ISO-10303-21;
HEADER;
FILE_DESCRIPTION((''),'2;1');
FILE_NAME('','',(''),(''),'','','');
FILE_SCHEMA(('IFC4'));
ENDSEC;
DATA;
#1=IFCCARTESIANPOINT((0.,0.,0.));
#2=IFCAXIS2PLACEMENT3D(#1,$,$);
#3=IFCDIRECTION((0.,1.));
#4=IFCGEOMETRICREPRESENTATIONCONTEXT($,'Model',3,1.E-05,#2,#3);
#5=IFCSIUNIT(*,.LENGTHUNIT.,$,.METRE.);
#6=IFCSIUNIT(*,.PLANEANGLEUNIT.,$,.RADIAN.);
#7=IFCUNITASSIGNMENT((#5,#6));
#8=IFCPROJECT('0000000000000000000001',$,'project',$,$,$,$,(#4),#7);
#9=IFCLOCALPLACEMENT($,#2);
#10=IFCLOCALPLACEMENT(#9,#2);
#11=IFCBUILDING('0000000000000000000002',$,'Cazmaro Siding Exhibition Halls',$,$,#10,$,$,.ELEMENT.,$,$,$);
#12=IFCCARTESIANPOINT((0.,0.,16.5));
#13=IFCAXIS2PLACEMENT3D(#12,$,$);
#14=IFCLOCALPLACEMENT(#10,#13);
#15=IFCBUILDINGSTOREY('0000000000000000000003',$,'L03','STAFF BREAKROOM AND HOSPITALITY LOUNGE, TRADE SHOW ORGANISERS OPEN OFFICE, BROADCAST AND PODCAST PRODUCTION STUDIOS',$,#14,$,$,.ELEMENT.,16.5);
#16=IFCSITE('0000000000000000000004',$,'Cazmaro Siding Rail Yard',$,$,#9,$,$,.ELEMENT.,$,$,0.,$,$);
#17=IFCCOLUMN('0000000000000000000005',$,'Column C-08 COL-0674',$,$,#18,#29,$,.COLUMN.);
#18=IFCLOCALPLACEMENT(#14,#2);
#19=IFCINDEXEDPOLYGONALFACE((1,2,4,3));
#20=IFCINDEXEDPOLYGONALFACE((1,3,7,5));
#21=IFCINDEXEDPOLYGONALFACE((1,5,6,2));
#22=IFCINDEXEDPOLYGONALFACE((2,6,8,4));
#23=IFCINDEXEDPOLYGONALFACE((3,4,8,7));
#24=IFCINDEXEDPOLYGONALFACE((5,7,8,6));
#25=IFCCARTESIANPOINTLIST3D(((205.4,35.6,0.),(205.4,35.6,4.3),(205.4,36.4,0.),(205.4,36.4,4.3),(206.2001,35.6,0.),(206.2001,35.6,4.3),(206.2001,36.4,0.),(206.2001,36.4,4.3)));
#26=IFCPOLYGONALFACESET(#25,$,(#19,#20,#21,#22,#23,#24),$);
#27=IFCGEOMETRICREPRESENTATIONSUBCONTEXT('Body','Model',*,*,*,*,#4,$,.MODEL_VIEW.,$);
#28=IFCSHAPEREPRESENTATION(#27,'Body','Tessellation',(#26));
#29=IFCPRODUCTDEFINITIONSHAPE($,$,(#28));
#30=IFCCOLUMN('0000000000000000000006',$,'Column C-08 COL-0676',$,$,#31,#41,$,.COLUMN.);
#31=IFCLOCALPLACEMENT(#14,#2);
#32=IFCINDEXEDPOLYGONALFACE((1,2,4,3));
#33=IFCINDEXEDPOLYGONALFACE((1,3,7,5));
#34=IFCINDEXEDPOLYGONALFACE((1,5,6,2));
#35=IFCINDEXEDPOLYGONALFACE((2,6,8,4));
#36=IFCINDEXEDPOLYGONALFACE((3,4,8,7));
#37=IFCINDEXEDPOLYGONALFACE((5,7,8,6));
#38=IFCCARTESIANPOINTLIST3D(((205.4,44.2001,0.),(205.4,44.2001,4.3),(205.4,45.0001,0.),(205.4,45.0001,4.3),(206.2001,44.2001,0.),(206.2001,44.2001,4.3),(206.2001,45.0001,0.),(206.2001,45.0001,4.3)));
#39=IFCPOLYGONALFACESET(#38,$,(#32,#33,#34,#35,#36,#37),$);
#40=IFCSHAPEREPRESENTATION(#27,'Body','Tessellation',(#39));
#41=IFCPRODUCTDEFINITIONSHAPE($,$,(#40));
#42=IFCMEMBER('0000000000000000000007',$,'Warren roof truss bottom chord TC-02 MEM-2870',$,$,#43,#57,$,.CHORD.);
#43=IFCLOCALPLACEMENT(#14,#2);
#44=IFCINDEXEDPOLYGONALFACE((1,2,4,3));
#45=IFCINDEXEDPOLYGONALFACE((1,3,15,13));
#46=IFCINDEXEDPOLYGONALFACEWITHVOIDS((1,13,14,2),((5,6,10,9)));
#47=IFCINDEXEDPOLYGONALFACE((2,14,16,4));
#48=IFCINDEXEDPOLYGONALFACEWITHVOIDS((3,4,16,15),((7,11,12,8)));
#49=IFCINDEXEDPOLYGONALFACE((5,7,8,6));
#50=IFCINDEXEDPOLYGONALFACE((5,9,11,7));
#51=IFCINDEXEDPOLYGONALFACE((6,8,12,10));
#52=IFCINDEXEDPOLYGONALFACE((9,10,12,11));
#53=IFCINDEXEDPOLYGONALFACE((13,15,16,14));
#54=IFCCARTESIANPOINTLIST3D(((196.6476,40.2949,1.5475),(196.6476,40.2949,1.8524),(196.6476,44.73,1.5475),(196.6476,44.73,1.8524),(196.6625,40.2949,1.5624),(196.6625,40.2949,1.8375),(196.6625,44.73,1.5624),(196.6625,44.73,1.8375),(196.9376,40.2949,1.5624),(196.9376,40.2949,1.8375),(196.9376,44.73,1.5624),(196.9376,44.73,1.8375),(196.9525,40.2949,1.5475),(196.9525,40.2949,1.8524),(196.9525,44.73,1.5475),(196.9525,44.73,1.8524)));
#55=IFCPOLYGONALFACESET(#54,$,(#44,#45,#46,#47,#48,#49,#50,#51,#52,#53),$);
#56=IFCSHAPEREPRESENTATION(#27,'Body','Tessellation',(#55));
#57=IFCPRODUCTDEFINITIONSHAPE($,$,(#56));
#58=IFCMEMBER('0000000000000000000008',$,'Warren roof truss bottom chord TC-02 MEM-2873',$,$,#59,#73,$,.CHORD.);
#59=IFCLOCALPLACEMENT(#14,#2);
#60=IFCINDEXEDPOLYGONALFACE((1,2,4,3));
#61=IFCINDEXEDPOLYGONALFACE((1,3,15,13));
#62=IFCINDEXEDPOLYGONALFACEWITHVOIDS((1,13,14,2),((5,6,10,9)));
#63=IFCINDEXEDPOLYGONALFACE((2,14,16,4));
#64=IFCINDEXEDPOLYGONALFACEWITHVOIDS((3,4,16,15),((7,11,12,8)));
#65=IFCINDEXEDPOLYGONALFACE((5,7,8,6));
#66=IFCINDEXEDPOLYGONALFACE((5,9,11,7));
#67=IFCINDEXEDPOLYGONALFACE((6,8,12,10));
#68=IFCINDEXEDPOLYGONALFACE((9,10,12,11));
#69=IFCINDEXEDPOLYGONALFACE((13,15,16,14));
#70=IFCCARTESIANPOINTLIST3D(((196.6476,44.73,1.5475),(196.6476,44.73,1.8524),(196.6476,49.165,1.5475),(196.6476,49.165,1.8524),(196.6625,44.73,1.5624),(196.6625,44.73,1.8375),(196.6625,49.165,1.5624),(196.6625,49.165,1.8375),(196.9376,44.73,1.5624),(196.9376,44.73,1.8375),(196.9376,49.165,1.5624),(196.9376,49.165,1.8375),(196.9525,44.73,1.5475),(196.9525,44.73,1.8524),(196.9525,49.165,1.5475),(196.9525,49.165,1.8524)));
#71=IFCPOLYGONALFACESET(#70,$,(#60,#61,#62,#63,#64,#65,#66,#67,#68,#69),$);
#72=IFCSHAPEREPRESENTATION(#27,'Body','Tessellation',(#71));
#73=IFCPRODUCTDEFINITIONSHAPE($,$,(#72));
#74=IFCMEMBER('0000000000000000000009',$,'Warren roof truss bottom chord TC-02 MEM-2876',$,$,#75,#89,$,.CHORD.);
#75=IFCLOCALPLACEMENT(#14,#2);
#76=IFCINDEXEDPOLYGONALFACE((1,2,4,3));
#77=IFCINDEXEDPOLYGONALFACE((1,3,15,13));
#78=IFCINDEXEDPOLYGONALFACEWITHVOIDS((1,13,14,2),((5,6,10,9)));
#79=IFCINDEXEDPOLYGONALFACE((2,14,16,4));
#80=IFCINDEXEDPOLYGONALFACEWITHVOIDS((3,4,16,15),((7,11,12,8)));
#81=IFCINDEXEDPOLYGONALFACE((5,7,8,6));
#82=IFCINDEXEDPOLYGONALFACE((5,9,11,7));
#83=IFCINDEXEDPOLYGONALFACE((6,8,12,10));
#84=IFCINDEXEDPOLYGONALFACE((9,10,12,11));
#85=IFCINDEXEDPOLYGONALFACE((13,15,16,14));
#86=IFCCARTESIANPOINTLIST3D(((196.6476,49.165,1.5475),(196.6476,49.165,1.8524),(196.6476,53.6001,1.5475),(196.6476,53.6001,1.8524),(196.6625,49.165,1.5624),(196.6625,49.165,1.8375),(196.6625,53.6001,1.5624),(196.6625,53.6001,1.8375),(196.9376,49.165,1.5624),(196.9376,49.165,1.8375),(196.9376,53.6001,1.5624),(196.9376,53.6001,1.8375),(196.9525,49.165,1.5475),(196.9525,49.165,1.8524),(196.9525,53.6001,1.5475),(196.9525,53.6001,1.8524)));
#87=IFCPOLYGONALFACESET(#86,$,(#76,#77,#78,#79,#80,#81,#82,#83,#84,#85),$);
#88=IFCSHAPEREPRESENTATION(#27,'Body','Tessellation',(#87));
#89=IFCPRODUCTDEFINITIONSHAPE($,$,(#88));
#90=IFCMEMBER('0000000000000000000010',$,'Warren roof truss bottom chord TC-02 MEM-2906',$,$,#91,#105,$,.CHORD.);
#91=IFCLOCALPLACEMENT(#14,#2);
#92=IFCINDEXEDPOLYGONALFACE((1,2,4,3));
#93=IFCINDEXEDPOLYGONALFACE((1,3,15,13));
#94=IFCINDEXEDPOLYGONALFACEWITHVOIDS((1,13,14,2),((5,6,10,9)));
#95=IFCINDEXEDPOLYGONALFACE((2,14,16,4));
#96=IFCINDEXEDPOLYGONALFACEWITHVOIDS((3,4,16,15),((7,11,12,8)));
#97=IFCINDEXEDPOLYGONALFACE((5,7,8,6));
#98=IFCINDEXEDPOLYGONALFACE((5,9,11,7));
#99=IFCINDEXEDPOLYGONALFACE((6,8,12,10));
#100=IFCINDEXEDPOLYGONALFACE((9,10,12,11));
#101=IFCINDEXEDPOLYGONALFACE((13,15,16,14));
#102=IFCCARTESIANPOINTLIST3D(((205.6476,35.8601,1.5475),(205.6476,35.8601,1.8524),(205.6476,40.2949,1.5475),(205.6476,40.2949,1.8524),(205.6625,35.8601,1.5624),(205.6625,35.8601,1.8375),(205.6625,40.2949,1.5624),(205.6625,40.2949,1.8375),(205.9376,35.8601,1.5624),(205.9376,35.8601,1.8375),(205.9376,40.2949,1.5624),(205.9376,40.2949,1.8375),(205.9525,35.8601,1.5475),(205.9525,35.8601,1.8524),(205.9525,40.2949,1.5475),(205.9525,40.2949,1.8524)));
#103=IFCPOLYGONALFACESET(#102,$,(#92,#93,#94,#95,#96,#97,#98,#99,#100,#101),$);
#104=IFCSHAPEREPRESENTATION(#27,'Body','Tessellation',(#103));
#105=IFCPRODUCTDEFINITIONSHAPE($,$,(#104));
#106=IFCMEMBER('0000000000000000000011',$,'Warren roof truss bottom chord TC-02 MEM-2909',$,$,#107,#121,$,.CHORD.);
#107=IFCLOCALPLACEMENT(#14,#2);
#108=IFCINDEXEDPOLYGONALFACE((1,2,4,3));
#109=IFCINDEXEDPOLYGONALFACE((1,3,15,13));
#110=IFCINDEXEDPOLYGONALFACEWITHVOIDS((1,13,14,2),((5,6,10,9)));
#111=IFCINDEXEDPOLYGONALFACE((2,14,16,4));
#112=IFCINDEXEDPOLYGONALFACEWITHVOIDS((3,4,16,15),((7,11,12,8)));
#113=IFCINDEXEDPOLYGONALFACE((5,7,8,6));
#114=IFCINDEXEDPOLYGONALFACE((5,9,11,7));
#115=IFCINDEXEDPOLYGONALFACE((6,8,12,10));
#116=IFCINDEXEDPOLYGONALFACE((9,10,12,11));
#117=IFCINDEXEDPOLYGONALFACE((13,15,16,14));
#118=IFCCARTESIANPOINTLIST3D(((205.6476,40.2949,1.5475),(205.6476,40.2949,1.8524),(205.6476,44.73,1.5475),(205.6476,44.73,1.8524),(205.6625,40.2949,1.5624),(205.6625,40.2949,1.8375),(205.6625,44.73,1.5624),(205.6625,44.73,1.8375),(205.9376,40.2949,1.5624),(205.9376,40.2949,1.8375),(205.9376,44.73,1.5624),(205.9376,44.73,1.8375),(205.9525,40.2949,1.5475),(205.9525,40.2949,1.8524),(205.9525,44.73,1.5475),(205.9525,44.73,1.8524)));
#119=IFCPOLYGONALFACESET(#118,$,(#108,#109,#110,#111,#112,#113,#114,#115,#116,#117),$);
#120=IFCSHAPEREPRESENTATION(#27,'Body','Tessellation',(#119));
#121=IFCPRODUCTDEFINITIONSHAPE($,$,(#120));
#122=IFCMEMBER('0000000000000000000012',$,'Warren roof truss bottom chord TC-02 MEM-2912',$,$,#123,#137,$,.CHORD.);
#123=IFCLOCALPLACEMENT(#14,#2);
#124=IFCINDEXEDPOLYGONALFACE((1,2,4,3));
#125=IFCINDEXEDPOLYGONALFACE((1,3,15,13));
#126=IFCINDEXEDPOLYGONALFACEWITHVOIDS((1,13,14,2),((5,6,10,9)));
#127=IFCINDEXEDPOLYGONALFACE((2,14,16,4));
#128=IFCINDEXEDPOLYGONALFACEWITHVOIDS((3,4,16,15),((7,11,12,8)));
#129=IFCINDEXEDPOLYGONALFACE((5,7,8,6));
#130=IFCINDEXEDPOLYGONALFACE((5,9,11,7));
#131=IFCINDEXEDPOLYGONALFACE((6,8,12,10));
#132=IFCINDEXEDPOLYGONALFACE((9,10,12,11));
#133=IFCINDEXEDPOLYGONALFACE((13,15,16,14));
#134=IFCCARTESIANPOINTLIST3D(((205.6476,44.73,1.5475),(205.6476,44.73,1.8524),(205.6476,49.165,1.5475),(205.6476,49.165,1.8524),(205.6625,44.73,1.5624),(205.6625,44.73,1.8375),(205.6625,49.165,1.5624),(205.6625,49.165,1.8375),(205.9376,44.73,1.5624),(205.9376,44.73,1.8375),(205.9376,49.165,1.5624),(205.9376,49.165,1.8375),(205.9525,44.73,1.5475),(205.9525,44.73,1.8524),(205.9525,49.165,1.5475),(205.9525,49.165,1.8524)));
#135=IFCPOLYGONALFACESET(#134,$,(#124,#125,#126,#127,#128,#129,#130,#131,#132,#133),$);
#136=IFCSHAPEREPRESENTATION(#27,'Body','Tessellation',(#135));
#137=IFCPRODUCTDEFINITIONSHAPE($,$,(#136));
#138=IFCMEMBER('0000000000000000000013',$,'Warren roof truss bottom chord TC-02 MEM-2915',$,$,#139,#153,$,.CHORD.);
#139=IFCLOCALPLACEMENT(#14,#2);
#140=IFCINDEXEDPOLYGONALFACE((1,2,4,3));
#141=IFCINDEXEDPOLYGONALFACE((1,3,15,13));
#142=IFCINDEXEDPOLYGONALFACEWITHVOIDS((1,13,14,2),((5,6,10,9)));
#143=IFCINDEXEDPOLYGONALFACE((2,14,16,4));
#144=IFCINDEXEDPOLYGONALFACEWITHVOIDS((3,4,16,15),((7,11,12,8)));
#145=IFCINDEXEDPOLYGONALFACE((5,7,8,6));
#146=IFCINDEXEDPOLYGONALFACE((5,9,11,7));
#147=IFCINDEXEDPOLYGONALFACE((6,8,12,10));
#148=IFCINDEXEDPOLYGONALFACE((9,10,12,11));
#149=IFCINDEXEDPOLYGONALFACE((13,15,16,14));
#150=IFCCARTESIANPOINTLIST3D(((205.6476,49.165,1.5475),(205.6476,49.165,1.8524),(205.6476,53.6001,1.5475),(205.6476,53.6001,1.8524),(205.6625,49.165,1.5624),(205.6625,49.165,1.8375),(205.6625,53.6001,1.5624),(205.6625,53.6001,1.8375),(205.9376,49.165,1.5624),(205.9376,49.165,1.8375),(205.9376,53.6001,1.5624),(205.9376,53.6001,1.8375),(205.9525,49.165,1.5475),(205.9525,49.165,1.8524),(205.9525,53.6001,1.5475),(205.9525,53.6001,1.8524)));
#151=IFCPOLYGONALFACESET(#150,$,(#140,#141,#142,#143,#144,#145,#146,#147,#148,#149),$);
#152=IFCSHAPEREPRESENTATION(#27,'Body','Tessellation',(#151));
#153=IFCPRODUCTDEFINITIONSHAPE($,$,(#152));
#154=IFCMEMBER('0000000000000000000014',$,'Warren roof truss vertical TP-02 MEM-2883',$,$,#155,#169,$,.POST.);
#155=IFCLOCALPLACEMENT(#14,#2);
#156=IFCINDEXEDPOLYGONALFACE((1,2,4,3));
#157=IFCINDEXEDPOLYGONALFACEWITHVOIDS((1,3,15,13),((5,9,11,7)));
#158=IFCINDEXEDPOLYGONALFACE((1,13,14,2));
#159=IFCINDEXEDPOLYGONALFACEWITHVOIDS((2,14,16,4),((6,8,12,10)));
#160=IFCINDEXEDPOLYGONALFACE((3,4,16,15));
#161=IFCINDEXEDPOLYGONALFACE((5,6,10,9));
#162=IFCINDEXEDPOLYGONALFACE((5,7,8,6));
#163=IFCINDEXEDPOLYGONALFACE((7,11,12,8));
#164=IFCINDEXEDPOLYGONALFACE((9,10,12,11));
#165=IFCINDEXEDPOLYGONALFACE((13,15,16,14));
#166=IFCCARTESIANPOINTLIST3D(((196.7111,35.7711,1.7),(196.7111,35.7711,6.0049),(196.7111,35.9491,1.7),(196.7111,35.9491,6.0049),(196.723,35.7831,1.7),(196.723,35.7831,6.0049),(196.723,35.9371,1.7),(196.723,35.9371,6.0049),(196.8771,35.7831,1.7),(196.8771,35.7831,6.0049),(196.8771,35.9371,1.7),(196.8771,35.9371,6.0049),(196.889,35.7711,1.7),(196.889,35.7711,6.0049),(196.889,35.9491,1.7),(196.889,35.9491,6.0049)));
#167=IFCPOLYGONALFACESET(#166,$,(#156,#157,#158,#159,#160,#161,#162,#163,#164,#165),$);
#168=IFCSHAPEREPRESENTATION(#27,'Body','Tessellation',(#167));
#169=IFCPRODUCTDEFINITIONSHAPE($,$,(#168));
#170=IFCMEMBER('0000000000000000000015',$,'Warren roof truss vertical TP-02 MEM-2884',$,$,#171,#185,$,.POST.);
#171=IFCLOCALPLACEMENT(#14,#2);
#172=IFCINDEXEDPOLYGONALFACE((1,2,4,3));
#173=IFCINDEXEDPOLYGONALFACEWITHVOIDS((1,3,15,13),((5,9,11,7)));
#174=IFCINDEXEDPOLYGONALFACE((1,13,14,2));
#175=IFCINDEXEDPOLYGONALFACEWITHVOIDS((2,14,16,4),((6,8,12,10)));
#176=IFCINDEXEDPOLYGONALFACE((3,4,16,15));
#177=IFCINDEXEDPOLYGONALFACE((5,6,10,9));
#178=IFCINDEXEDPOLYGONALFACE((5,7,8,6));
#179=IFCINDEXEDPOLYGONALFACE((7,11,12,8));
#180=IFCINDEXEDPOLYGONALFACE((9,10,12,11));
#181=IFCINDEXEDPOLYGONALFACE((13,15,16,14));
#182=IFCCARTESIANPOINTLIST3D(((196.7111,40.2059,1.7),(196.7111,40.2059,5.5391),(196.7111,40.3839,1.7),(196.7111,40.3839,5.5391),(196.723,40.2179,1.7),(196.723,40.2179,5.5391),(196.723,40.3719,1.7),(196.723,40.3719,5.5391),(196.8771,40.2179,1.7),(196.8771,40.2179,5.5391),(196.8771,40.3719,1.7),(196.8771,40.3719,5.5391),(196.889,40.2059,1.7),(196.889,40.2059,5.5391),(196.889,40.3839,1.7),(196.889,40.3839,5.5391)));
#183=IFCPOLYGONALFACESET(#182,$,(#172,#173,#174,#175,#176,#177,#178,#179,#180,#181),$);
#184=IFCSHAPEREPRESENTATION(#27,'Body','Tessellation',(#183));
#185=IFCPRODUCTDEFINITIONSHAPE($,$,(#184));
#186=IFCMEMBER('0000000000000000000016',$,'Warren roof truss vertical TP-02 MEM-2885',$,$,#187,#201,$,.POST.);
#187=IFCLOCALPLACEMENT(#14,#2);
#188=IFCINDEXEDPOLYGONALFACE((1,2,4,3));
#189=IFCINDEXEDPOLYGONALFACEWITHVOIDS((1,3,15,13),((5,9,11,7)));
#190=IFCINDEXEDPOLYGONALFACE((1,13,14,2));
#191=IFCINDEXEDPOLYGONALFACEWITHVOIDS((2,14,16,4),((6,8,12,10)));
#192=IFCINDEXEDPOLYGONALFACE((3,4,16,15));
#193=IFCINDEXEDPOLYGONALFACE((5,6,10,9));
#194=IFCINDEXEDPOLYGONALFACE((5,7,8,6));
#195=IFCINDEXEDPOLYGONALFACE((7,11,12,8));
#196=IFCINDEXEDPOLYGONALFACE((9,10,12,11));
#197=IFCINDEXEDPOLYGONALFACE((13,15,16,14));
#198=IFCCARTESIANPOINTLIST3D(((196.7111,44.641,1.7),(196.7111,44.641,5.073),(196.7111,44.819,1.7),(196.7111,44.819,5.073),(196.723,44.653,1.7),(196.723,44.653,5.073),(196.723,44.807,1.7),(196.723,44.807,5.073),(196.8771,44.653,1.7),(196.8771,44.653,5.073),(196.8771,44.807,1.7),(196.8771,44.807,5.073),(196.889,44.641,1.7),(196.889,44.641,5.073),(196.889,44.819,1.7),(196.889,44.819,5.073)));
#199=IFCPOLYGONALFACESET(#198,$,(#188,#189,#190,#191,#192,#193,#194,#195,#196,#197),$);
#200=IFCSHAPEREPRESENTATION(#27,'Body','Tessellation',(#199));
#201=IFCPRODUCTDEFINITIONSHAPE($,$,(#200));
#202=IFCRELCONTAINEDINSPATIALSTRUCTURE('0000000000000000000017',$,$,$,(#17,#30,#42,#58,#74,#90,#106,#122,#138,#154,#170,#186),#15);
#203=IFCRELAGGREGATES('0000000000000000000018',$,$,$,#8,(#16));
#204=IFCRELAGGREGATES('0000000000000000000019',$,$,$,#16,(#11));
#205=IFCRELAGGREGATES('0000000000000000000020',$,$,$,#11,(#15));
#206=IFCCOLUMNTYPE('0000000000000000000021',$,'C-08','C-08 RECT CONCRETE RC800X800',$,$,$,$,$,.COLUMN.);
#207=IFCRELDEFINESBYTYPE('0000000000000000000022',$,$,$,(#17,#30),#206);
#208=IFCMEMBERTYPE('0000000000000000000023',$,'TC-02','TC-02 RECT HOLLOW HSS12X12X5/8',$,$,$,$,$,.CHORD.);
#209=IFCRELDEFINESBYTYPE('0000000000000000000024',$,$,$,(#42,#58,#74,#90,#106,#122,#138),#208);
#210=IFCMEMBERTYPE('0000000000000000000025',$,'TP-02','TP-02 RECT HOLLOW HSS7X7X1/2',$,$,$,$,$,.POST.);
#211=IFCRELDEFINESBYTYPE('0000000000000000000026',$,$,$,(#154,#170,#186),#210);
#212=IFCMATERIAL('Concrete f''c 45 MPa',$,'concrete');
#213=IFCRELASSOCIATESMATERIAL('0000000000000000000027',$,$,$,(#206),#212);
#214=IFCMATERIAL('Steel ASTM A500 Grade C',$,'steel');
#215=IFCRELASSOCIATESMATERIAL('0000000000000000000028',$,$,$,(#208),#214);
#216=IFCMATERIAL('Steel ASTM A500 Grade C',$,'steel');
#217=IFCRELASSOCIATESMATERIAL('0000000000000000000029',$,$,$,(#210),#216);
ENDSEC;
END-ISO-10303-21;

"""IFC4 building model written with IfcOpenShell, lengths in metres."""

from ifc_helpers import new_model, si_unit, direction, frame, origin, origin_2d, place, context, subcontext, project, spatial, rectangle, hollow_rectangle, extrude, material, material_profile, profile_set, type_object, element, save


model = new_model("IFC4")

# Units and contexts
model_context = context("Model", 3, precision=1e-05, world=origin(), true_north=direction((0.0, 1.0)))
body_context = subcontext(model_context, "Body", "Model", "MODEL_VIEW")
ifc_project = project(units=[si_unit("LENGTHUNIT", "METRE"), si_unit("PLANEANGLEUNIT", "RADIAN")], contexts=[model_context])

# Site, building, storey
site_placement = place(None, origin())
site = spatial("IfcSite", under=ifc_project, at=site_placement, Name="Cazmaro Siding Rail Yard", CompositionType="ELEMENT", RefElevation=0.0)
building_placement = place(site_placement, origin())
building = spatial("IfcBuilding", under=site, at=building_placement, Name="Cazmaro Siding Exhibition Halls", CompositionType="ELEMENT")
storey_placement = place(building_placement, frame((0.0, 0.0, 16.5)))
storey = spatial("IfcBuildingStorey", under=building, at=storey_placement, Name="L03", Description="STAFF BREAKROOM AND HOSPITALITY LOUNGE, TRADE SHOW ORGANISERS OPEN OFFICE, BROADCAST AND PODCAST PRODUCTION STUDIOS", CompositionType="ELEMENT", Elevation=16.5)

# Columns
ifc_material_1 = material(Name="Concrete f'c 45 MPa", Category="concrete")
ifc_material_profile_1 = material_profile(ifc_material_1, rectangle(XDim=0.8, YDim=0.8, at=origin_2d()), Name="RC800X800")
ifc_profile_set_1 = profile_set([ifc_material_profile_1], Name="Concrete f'c 45 MPa")
column_type = type_object("IfcColumnType", Name="C-08", Description="C-08 RECT CONCRETE RC800X800", PredefinedType="COLUMN", material=ifc_profile_set_1)
for number, where, z_axis, x_axis, name in (
    (1, (205.8, 36.0, 0.0), (0.0, 0.0, 1.0), (1.0, 0.0, 0.0), "Column C-08 COL-0674"),
    (2, (205.8, 44.6001, 0.0), (0.0, 0.0, 1.0), (1.0, 0.0, 0.0), "Column C-08 COL-0676"),
):
    element("IfcColumn", number, at=place(storey_placement, frame(where, z_axis=z_axis, x_axis=x_axis)), inside=storey, type_object=column_type, Name=name, PredefinedType="COLUMN", context=body_context, shape_type="SweptSolid", body=[
        extrude(rectangle(XDim=0.8, YDim=0.8, at=origin_2d()), origin(), (0.0, 0.0, 1.0), 4.3),
    ])

# Members
ifc_material_2 = material(Name="Steel ASTM A500 Grade C", Category="steel")
ifc_material_profile_2 = material_profile(ifc_material_2, hollow_rectangle(XDim=0.3049, YDim=0.3049, WallThickness=0.0149, at=origin_2d()), Name="HSS12X12X5/8")
ifc_profile_set_2 = profile_set([ifc_material_profile_2], Name="Steel ASTM A500 Grade C")
member_type_1 = type_object("IfcMemberType", Name="TC-02", Description="TC-02 RECT HOLLOW HSS12X12X5/8", PredefinedType="CHORD", material=ifc_profile_set_2)
for number, where, z_axis, x_axis, name in (
    (3, (196.8, 40.2949, 1.7), (0.0, 1.0, 0.0), (-1.0, 0.0, 0.0), "Warren roof truss bottom chord TC-02 MEM-2870"),
    (4, (196.8, 44.73, 1.7), (0.0, 1.0, 0.0), (-1.0, 0.0, 0.0), "Warren roof truss bottom chord TC-02 MEM-2873"),
    (5, (196.8, 49.165, 1.7), (0.0, 1.0, 0.0), (-1.0, 0.0, 0.0), "Warren roof truss bottom chord TC-02 MEM-2876"),
):
    element("IfcMember", number, at=place(storey_placement, frame(where, z_axis=z_axis, x_axis=x_axis)), inside=storey, type_object=member_type_1, Name=name, PredefinedType="CHORD", context=body_context, shape_type="SweptSolid", body=[
        extrude(hollow_rectangle(XDim=0.3049, YDim=0.3049, WallThickness=0.0149, at=origin_2d()), origin(), (0.0, 0.0, 1.0), 4.4351),
    ])
member_1_placement = place(storey_placement, frame((205.8, 35.8601, 1.7), z_axis=(0.0, 1.0, 0.0), x_axis=(-1.0, 0.0, 0.0)))
element("IfcMember", 6, at=member_1_placement, inside=storey, type_object=member_type_1, Name="Warren roof truss bottom chord TC-02 MEM-2906", PredefinedType="CHORD", context=body_context, shape_type="SweptSolid", body=[
    extrude(hollow_rectangle(XDim=0.3049, YDim=0.3049, WallThickness=0.0149, at=origin_2d()), origin(), (0.0, 0.0, 1.0), 4.4348),
])
for number, where, z_axis, x_axis, name in (
    (7, (205.8, 40.2949, 1.7), (0.0, 1.0, 0.0), (-1.0, 0.0, 0.0), "Warren roof truss bottom chord TC-02 MEM-2909"),
    (8, (205.8, 44.73, 1.7), (0.0, 1.0, 0.0), (-1.0, 0.0, 0.0), "Warren roof truss bottom chord TC-02 MEM-2912"),
    (9, (205.8, 49.165, 1.7), (0.0, 1.0, 0.0), (-1.0, 0.0, 0.0), "Warren roof truss bottom chord TC-02 MEM-2915"),
):
    element("IfcMember", number, at=place(storey_placement, frame(where, z_axis=z_axis, x_axis=x_axis)), inside=storey, type_object=member_type_1, Name=name, PredefinedType="CHORD", context=body_context, shape_type="SweptSolid", body=[
        extrude(hollow_rectangle(XDim=0.3049, YDim=0.3049, WallThickness=0.0149, at=origin_2d()), origin(), (0.0, 0.0, 1.0), 4.4351),
    ])
ifc_material_3 = material(Name="Steel ASTM A500 Grade C", Category="steel")
ifc_material_profile_3 = material_profile(ifc_material_3, hollow_rectangle(XDim=0.178, YDim=0.178, WallThickness=0.012, at=origin_2d()), Name="HSS7X7X1/2")
ifc_profile_set_3 = profile_set([ifc_material_profile_3], Name="Steel ASTM A500 Grade C")
member_type_2 = type_object("IfcMemberType", Name="TP-02", Description="TP-02 RECT HOLLOW HSS7X7X1/2", PredefinedType="POST", material=ifc_profile_set_3)
member_2_placement = place(storey_placement, frame((196.8, 35.8601, 1.7), z_axis=(0.0, 0.0, 1.0), x_axis=(1.0, 0.0, 0.0)))
element("IfcMember", 10, at=member_2_placement, inside=storey, type_object=member_type_2, Name="Warren roof truss vertical TP-02 MEM-2883", PredefinedType="POST", context=body_context, shape_type="SweptSolid", body=[
    extrude(hollow_rectangle(XDim=0.178, YDim=0.178, WallThickness=0.012, at=origin_2d()), origin(), (0.0, 0.0, 1.0), 4.3049),
])
member_3_placement = place(storey_placement, frame((196.8, 40.2949, 1.7), z_axis=(0.0, 0.0, 1.0), x_axis=(1.0, 0.0, 0.0)))
element("IfcMember", 11, at=member_3_placement, inside=storey, type_object=member_type_2, Name="Warren roof truss vertical TP-02 MEM-2884", PredefinedType="POST", context=body_context, shape_type="SweptSolid", body=[
    extrude(hollow_rectangle(XDim=0.178, YDim=0.178, WallThickness=0.012, at=origin_2d()), origin(), (0.0, 0.0, 1.0), 3.8391),
])
member_4_placement = place(storey_placement, frame((196.8, 44.73, 1.7), z_axis=(0.0, 0.0, 1.0), x_axis=(1.0, 0.0, 0.0)))
element("IfcMember", 12, at=member_4_placement, inside=storey, type_object=member_type_2, Name="Warren roof truss vertical TP-02 MEM-2885", PredefinedType="POST", context=body_context, shape_type="SweptSolid", body=[
    extrude(hollow_rectangle(XDim=0.178, YDim=0.178, WallThickness=0.012, at=origin_2d()), origin(), (0.0, 0.0, 1.0), 3.373),
])

save(model, "model.ifc")
